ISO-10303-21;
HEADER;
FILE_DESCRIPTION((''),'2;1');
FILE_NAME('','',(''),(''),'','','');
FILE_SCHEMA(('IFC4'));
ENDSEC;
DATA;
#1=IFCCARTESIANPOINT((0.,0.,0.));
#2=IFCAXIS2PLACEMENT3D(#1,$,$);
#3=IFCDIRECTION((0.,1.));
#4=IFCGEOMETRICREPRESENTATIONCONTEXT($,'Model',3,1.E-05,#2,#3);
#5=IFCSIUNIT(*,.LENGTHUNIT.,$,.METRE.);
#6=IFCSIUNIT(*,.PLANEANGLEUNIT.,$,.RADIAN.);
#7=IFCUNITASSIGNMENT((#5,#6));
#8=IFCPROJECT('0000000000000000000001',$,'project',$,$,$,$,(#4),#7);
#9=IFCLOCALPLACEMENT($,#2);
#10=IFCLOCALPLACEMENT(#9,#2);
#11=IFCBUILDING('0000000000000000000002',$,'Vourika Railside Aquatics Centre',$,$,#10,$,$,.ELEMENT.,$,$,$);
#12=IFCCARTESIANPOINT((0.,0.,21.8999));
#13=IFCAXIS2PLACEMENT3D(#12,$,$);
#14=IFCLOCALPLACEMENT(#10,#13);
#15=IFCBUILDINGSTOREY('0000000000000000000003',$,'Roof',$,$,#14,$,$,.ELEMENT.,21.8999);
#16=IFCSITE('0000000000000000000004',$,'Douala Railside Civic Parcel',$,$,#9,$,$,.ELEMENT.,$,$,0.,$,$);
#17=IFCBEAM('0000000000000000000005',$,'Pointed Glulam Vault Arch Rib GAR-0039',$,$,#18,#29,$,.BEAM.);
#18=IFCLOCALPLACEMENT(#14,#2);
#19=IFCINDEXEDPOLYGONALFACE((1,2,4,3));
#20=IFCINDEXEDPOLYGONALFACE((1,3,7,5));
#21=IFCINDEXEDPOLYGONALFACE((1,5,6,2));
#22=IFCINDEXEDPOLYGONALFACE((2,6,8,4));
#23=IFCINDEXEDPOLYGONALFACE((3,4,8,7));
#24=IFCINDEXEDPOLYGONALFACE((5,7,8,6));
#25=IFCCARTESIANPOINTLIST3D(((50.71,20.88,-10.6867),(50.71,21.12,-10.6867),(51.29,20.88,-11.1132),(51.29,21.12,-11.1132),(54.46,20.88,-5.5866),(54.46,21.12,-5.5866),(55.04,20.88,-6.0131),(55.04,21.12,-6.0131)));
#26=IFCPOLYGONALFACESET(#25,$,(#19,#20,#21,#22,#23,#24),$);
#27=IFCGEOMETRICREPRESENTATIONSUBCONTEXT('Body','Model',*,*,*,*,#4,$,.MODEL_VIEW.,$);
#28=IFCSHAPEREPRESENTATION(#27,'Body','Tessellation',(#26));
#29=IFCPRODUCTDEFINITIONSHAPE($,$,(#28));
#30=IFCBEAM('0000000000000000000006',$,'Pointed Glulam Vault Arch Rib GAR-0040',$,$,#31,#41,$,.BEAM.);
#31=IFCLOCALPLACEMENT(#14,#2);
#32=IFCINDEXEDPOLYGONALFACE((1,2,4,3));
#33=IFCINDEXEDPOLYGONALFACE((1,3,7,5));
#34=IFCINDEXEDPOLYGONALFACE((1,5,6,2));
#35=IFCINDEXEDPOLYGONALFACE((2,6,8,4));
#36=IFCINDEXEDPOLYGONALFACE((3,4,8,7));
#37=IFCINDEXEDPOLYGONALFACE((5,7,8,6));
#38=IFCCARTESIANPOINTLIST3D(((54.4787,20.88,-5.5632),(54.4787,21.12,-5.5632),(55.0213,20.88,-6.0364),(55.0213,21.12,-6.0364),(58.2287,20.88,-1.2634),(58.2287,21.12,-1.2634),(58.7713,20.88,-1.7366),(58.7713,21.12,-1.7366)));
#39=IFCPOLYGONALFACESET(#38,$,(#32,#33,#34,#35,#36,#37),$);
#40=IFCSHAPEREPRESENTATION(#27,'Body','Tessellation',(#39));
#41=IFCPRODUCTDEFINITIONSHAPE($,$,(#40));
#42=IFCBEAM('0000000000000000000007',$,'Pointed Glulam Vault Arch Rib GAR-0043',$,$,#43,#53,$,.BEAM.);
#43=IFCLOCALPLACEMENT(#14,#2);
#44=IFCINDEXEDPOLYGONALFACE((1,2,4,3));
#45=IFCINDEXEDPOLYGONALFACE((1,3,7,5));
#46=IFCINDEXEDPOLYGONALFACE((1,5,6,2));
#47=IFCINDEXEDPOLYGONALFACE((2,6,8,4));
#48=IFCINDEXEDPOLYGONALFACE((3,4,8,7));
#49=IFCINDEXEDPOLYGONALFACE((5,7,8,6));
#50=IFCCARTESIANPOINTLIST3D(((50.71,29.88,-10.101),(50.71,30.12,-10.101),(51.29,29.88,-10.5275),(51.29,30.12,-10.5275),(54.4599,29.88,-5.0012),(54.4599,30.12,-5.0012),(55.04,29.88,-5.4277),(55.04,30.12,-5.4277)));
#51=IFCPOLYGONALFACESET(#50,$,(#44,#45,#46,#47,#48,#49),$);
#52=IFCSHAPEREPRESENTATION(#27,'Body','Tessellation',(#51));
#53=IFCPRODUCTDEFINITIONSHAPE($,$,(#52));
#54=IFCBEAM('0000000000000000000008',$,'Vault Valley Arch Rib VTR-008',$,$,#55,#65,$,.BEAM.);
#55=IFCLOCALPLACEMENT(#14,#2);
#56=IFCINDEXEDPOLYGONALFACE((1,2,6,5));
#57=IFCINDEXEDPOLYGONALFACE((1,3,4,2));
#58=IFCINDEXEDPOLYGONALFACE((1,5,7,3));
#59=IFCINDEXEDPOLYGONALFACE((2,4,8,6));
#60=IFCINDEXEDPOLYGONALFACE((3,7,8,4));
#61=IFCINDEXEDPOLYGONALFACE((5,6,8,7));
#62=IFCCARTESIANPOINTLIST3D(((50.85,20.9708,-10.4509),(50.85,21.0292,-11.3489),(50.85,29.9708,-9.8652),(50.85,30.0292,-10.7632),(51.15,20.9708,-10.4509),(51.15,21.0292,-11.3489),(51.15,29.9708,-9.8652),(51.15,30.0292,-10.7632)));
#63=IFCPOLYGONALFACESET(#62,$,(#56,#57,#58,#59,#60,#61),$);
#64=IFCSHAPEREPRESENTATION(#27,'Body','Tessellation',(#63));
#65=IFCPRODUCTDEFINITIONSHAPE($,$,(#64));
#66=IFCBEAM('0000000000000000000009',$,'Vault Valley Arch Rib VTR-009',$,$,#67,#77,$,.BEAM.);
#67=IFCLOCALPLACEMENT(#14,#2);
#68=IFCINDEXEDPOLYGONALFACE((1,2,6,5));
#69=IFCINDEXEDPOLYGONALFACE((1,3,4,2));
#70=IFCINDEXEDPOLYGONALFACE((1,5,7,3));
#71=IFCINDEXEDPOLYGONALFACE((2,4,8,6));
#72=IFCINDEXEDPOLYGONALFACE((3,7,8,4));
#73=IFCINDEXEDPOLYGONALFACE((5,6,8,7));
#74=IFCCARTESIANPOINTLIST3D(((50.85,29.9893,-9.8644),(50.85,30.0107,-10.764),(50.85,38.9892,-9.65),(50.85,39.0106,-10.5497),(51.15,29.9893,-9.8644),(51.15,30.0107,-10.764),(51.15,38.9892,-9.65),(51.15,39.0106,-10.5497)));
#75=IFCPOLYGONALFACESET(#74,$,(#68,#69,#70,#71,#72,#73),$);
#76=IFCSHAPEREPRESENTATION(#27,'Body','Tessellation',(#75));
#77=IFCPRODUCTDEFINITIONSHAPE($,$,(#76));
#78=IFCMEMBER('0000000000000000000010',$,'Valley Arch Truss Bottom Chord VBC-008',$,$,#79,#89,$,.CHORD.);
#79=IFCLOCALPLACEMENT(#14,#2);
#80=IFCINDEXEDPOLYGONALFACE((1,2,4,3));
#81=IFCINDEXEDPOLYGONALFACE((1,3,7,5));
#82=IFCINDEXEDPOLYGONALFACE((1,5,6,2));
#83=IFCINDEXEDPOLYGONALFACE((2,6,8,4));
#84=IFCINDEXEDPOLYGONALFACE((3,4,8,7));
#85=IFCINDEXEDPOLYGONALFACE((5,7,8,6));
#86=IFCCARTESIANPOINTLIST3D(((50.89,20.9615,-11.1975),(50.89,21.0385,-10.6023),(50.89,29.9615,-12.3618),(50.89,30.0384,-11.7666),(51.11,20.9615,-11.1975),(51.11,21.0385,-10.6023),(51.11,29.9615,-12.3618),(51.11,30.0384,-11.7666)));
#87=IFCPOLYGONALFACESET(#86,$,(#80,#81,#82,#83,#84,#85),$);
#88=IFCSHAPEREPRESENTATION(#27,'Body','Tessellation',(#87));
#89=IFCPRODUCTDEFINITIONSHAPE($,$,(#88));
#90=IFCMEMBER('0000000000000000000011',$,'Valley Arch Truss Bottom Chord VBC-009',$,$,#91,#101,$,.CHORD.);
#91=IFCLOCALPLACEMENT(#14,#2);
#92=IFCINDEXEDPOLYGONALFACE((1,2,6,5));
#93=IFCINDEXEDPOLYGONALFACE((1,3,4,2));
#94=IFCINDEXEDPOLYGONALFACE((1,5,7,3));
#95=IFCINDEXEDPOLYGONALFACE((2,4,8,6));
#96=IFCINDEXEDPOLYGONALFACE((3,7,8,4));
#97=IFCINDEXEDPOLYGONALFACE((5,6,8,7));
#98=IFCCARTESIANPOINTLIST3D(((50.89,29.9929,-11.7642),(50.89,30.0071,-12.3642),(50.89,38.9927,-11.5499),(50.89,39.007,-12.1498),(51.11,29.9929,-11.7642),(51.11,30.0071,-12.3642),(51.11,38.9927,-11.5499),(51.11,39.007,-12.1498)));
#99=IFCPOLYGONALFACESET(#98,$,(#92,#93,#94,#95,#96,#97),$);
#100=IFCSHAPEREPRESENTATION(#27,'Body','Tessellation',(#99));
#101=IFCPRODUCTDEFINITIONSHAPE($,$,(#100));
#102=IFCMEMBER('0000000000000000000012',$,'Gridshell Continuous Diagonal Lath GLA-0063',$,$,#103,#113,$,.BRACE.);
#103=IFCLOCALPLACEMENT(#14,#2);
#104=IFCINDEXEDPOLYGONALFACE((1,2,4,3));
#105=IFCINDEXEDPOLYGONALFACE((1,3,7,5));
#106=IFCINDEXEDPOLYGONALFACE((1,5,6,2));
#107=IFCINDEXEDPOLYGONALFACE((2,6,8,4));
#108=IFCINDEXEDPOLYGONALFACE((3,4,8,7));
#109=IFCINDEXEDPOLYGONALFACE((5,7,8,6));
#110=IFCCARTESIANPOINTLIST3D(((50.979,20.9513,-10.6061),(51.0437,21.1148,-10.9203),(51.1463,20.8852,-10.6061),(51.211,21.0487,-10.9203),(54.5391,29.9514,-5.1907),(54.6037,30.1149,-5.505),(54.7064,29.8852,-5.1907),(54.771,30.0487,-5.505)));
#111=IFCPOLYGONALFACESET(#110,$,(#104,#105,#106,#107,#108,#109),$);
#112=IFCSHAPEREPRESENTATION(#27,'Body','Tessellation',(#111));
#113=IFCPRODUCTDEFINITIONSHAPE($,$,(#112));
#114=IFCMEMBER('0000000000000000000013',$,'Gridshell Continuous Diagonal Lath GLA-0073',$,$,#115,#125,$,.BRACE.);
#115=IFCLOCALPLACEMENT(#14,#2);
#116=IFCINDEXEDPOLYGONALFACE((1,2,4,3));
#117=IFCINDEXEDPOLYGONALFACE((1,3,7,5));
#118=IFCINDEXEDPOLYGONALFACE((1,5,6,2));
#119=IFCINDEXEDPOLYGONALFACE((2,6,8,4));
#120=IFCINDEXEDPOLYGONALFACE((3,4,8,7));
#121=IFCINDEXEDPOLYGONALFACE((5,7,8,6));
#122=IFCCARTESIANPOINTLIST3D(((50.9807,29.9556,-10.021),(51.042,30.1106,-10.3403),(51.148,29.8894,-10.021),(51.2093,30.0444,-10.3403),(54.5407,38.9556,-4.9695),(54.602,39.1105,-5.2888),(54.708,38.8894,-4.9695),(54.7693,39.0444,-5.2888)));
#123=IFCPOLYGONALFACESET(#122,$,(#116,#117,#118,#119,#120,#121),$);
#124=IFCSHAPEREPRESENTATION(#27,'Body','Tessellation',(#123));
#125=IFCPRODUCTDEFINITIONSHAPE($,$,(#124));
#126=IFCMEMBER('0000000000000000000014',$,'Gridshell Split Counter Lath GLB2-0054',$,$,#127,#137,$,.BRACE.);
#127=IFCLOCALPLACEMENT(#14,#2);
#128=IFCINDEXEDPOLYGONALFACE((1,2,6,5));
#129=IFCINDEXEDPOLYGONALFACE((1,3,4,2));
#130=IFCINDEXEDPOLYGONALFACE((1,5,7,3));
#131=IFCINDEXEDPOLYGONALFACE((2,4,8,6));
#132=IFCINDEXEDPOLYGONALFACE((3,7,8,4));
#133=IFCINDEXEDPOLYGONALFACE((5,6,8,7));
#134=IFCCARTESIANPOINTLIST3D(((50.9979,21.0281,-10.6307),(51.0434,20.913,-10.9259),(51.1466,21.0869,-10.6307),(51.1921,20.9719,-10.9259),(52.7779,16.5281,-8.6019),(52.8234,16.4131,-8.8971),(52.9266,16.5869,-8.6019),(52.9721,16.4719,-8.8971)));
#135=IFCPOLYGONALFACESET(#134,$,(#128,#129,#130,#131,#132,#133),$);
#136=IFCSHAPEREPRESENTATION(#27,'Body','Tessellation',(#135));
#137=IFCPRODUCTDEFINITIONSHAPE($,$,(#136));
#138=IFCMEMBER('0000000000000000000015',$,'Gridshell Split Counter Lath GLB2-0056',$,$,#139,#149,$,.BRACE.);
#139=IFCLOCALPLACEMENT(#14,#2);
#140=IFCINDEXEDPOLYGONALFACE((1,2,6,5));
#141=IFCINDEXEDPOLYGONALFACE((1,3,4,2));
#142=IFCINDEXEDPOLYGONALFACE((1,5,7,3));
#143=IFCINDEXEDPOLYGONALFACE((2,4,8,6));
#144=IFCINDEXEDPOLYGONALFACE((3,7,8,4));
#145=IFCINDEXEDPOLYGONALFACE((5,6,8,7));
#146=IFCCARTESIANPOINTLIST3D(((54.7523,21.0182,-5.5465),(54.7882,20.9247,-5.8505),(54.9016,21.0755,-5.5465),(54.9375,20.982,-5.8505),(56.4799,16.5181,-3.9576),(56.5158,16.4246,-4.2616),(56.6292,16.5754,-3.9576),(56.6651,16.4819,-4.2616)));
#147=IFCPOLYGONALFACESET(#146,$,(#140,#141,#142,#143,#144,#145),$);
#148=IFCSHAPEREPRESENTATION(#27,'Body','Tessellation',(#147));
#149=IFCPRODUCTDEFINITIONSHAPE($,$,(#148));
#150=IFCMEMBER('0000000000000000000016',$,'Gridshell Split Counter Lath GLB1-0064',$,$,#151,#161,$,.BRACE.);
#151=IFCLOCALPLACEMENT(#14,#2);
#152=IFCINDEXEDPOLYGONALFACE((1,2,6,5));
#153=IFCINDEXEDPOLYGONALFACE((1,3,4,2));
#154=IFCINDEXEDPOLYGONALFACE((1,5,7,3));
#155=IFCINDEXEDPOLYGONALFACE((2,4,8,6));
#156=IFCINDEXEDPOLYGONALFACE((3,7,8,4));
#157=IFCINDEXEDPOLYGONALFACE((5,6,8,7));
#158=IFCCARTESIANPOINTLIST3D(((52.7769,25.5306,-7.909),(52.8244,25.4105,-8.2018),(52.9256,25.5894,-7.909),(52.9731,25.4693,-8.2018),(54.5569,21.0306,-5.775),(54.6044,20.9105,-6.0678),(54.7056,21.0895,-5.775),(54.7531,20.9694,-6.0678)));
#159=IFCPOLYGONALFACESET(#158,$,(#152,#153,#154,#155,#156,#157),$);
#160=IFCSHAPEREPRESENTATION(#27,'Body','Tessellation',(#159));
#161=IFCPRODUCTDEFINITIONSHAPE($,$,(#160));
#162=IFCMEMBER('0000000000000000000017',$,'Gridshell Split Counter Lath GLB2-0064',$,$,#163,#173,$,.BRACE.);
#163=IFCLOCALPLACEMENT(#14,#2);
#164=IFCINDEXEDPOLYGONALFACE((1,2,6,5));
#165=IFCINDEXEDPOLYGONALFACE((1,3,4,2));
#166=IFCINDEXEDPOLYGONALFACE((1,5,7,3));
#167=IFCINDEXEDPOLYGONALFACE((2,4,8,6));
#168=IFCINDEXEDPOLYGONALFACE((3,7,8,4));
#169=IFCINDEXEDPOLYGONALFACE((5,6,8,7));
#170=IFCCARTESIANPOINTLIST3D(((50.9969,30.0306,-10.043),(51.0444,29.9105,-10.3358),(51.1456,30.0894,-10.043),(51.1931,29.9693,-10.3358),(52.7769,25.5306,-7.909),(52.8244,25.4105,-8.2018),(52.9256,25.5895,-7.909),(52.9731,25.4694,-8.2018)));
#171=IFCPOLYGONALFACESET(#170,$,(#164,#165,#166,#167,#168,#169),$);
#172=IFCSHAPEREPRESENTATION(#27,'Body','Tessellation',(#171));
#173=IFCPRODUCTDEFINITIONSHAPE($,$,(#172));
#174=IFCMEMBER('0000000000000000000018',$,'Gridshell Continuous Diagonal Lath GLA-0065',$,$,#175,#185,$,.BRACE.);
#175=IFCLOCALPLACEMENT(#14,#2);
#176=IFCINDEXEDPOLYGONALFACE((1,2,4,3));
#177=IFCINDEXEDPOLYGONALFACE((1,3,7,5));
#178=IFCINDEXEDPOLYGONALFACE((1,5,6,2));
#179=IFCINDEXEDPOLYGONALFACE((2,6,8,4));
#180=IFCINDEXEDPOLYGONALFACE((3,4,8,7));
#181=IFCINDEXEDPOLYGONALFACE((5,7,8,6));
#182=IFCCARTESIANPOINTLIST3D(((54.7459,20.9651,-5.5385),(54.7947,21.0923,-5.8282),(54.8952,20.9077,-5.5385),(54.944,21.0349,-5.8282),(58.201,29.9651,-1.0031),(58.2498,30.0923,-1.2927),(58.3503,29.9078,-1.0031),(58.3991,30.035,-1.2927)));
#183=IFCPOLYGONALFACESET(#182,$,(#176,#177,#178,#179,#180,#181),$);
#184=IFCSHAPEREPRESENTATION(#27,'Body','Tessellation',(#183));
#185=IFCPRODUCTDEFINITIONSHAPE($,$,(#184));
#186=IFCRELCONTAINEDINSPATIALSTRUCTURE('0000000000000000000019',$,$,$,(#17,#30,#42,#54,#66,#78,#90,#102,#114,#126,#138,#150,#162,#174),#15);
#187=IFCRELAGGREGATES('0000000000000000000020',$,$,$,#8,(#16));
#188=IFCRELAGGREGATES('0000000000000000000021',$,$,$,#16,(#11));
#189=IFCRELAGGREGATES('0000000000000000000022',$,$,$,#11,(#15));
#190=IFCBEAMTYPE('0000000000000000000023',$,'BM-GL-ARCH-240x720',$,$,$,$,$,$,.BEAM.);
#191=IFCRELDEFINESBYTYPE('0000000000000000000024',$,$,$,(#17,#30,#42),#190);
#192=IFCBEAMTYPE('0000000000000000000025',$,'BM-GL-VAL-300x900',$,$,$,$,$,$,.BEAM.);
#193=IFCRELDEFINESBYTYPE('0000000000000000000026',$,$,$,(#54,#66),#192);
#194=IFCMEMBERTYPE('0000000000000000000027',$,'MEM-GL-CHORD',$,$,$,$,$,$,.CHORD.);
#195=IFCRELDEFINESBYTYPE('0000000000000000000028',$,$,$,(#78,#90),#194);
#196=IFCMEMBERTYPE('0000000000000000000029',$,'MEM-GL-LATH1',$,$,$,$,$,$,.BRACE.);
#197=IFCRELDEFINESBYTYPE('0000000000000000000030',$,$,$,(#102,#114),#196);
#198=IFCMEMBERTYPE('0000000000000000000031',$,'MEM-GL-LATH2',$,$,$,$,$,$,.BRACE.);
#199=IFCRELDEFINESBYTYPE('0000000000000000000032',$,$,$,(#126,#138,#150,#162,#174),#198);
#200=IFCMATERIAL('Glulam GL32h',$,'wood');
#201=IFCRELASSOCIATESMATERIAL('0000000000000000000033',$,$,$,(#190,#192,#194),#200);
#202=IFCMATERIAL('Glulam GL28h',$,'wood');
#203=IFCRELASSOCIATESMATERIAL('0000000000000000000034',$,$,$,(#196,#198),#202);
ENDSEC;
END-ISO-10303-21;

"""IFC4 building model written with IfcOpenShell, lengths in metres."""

from ifc_helpers import new_model, si_unit, direction, frame, origin, origin_2d, place, context, subcontext, project, spatial, rectangle, extrude, material, material_profile, profile_set, type_object, element, save


model = new_model("IFC4")

# Units and contexts
model_context = context("Model", 3, precision=1e-05, world=origin(), true_north=direction((0.0, 1.0)))
body_context = subcontext(model_context, "Body", "Model", "MODEL_VIEW")
ifc_project = project(units=[si_unit("LENGTHUNIT", "METRE"), si_unit("PLANEANGLEUNIT", "RADIAN")], contexts=[model_context])

# Site, building, storey
site_placement = place(None, origin())
site = spatial("IfcSite", under=ifc_project, at=site_placement, Name="Douala Railside Civic Parcel", CompositionType="ELEMENT", RefElevation=0.0)
building_placement = place(site_placement, origin())
building = spatial("IfcBuilding", under=site, at=building_placement, Name="Vourika Railside Aquatics Centre", CompositionType="ELEMENT")
storey_placement = place(building_placement, frame((0.0, 0.0, 21.8999)))
storey = spatial("IfcBuildingStorey", under=building, at=storey_placement, Name="Roof", CompositionType="ELEMENT", Elevation=21.8999)

# Beams
ifc_material_1 = material(Name="Glulam GL32h", Category="wood")
ifc_material_profile_1 = material_profile(ifc_material_1, rectangle(XDim=0.24, YDim=0.72, at=origin_2d()), Name="GL32h 240x720")
ifc_profile_set_1 = profile_set([ifc_material_profile_1], Name="Glulam GL32h")
beam_type_1 = type_object("IfcBeamType", Name="BM-GL-ARCH-240x720", PredefinedType="BEAM", material=ifc_profile_set_1)
beam_1_placement = place(storey_placement, frame((51.0, 21.0, -10.8999), z_axis=(0.592383, 0.0, 0.805656), x_axis=(0.0, 1.0, 0.0)))
element("IfcBeam", 1, at=beam_1_placement, inside=storey, type_object=beam_type_1, Name="Pointed Glulam Vault Arch Rib GAR-0039", PredefinedType="BEAM", context=body_context, shape_type="SweptSolid", body=[
    extrude(rectangle(XDim=0.24, YDim=0.72, at=origin_2d()), origin(), (0.0, 0.0, 1.0), 6.3303),
])
beam_2_placement = place(storey_placement, frame((54.75, 21.0, -5.7998), z_axis=(0.65728, 0.0, 0.753647), x_axis=(0.0, 1.0, 0.0)))
element("IfcBeam", 2, at=beam_2_placement, inside=storey, type_object=beam_type_1, Name="Pointed Glulam Vault Arch Rib GAR-0040", PredefinedType="BEAM", context=body_context, shape_type="SweptSolid", body=[
    extrude(rectangle(XDim=0.24, YDim=0.72, at=origin_2d()), origin(), (0.0, 0.0, 1.0), 5.7053),
])
beam_3_placement = place(storey_placement, frame((51.0, 30.0, -10.3142), z_axis=(0.592401, 0.0, 0.805643), x_axis=(0.0, 1.0, 0.0)))
element("IfcBeam", 3, at=beam_3_placement, inside=storey, type_object=beam_type_1, Name="Pointed Glulam Vault Arch Rib GAR-0043", PredefinedType="BEAM", context=body_context, shape_type="SweptSolid", body=[
    extrude(rectangle(XDim=0.24, YDim=0.72, at=origin_2d()), origin(), (0.0, 0.0, 1.0), 6.3301),
])
ifc_material_profile_2 = material_profile(ifc_material_1, rectangle(XDim=0.3, YDim=0.8999, at=origin_2d()), Name="GL32h 300x900")
ifc_profile_set_2 = profile_set([ifc_material_profile_2], Name="Glulam GL32h")
beam_type_2 = type_object("IfcBeamType", Name="BM-GL-VAL-300x900", PredefinedType="BEAM", material=ifc_profile_set_2)
beam_4_placement = place(storey_placement, frame((51.0, 21.0, -10.8999), z_axis=(0.0, 0.997889, 0.06494), x_axis=(-1.0, 0.0, 0.0)))
element("IfcBeam", 4, at=beam_4_placement, inside=storey, type_object=beam_type_2, Name="Vault Valley Arch Rib VTR-008", PredefinedType="BEAM", context=body_context, shape_type="SweptSolid", body=[
    extrude(rectangle(XDim=0.3, YDim=0.8999, at=origin_2d()), origin(), (0.0, 0.0, 1.0), 9.019),
])
beam_5_placement = place(storey_placement, frame((51.0, 30.0, -10.3142), z_axis=(0.0, 0.999716, 0.023811), x_axis=(-1.0, 0.0, 0.0)))
element("IfcBeam", 5, at=beam_5_placement, inside=storey, type_object=beam_type_2, Name="Vault Valley Arch Rib VTR-009", PredefinedType="BEAM", context=body_context, shape_type="SweptSolid", body=[
    extrude(rectangle(XDim=0.3, YDim=0.8999, at=origin_2d()), origin(), (0.0, 0.0, 1.0), 9.0024),
])

# Members
ifc_material_profile_3 = material_profile(ifc_material_1, rectangle(XDim=0.22, YDim=0.6001, at=origin_2d()), Name="GL32h 220x600")
ifc_profile_set_3 = profile_set([ifc_material_profile_3], Name="Glulam GL32h")
member_type_1 = type_object("IfcMemberType", Name="MEM-GL-CHORD", PredefinedType="CHORD", material=ifc_profile_set_3)
member_1_placement = place(storey_placement, frame((51.0, 21.0, -10.8999), z_axis=(0.0, 0.991736, -0.128298), x_axis=(-1.0, 0.0, 0.0)))
element("IfcMember", 6, at=member_1_placement, inside=storey, type_object=member_type_1, Name="Valley Arch Truss Bottom Chord VBC-008", PredefinedType="CHORD", context=body_context, shape_type="SweptSolid", body=[
    extrude(rectangle(XDim=0.22, YDim=0.6001, at=origin_2d()), origin(), (0.0, 0.0, 1.0), 9.075),
])
member_2_placement = place(storey_placement, frame((51.0, 30.0, -12.0642), z_axis=(0.0, 0.999716, 0.023811), x_axis=(-1.0, 0.0, 0.0)))
element("IfcMember", 7, at=member_2_placement, inside=storey, type_object=member_type_1, Name="Valley Arch Truss Bottom Chord VBC-009", PredefinedType="CHORD", context=body_context, shape_type="SweptSolid", body=[
    extrude(rectangle(XDim=0.22, YDim=0.6001, at=origin_2d()), origin(), (0.0, 0.0, 1.0), 9.0024),
])
ifc_material_2 = material(Name="Glulam GL28h", Category="wood")
ifc_material_profile_4 = material_profile(ifc_material_2, rectangle(XDim=0.1799, YDim=0.3601, at=origin_2d()), Name="GL28h 180x360")
ifc_profile_set_4 = profile_set([ifc_material_profile_4], Name="Glulam GL28h")
member_type_2 = type_object("IfcMemberType", Name="MEM-GL-LATH1", PredefinedType="BRACE", material=ifc_profile_set_4)
member_3_placement = place(storey_placement, frame((51.095, 21.0, -10.7632), z_axis=(0.321001, 0.811505, 0.488281), x_axis=(-0.929893, 0.36783, 0.0)))
element("IfcMember", 8, at=member_3_placement, inside=storey, type_object=member_type_2, Name="Gridshell Continuous Diagonal Lath GLA-0063", PredefinedType="BRACE", context=body_context, shape_type="SweptSolid", body=[
    extrude(rectangle(XDim=0.1799, YDim=0.3601, at=origin_2d()), origin(), (0.0, 0.0, 1.0), 11.0906),
])
member_4_placement = place(storey_placement, frame((51.095, 30.0, -10.1807), z_axis=(0.326087, 0.824365, 0.462699), x_axis=(-0.929893, 0.36783, 0.0)))
element("IfcMember", 9, at=member_4_placement, inside=storey, type_object=member_type_2, Name="Gridshell Continuous Diagonal Lath GLA-0073", PredefinedType="BRACE", context=body_context, shape_type="SweptSolid", body=[
    extrude(rectangle(XDim=0.1799, YDim=0.3601, at=origin_2d()), origin(), (0.0, 0.0, 1.0), 10.9175),
])
ifc_material_profile_5 = material_profile(ifc_material_2, rectangle(XDim=0.1599, YDim=0.3201, at=origin_2d()), Name="GL28h 160x320")
ifc_profile_set_5 = profile_set([ifc_material_profile_5], Name="Glulam GL28h")
member_type_3 = type_object("IfcMemberType", Name="MEM-GL-LATH2", PredefinedType="BRACE", material=ifc_profile_set_5)
member_5_placement = place(storey_placement, frame((52.875, 16.5, -8.7495), z_axis=(-0.339225, 0.857577, -0.386636), x_axis=(-0.929893, -0.36783, 0.0)))
element("IfcMember", 10, at=member_5_placement, inside=storey, type_object=member_type_3, Name="Gridshell Split Counter Lath GLB2-0054", PredefinedType="BRACE", context=body_context, shape_type="SweptSolid", body=[
    extrude(rectangle(XDim=0.1599, YDim=0.3201, at=origin_2d()), origin(), (0.0, 0.0, 1.0), 5.2473),
])
member_6_placement = place(storey_placement, frame((56.5725, 16.5, -4.1096), z_axis=(-0.34038, 0.886643, -0.313057), x_axis=(-0.93357, -0.358395, 0.0)))
element("IfcMember", 11, at=member_6_placement, inside=storey, type_object=member_type_3, Name="Gridshell Split Counter Lath GLB2-0056", PredefinedType="BRACE", context=body_context, shape_type="SweptSolid", body=[
    extrude(rectangle(XDim=0.1599, YDim=0.3201, at=origin_2d()), origin(), (0.0, 0.0, 1.0), 5.0754),
])
for number, where, z_axis, x_axis, name in (
    (12, (54.655, 21.0, -5.9214), (-0.336559, 0.850836, -0.403492), (-0.929893, -0.36783, 0.0), "Gridshell Split Counter Lath GLB1-0064"),
    (13, (52.875, 25.5, -8.0554), (-0.336559, 0.850836, -0.403492), (-0.929893, -0.36783, 0.0), "Gridshell Split Counter Lath GLB2-0064"),
):
    element("IfcMember", number, at=place(storey_placement, frame(where, z_axis=z_axis, x_axis=x_axis)), inside=storey, type_object=member_type_3, Name=name, PredefinedType="BRACE", context=body_context, shape_type="SweptSolid", body=[
        extrude(rectangle(XDim=0.1599, YDim=0.3201, at=origin_2d()), origin(), (0.0, 0.0, 1.0), 5.2888),
    ])
member_7_placement = place(storey_placement, frame((54.845, 21.0, -5.6833), z_axis=(0.324299, 0.844754, 0.4257), x_axis=(-0.93357, 0.358395, 0.0)))
element("IfcMember", 14, at=member_7_placement, inside=storey, type_object=member_type_3, Name="Gridshell Continuous Diagonal Lath GLA-0065", PredefinedType="BRACE", context=body_context, shape_type="SweptSolid", body=[
    extrude(rectangle(XDim=0.1599, YDim=0.3201, at=origin_2d()), origin(), (0.0, 0.0, 1.0), 10.6541),
])

save(model, "model.ifc")
